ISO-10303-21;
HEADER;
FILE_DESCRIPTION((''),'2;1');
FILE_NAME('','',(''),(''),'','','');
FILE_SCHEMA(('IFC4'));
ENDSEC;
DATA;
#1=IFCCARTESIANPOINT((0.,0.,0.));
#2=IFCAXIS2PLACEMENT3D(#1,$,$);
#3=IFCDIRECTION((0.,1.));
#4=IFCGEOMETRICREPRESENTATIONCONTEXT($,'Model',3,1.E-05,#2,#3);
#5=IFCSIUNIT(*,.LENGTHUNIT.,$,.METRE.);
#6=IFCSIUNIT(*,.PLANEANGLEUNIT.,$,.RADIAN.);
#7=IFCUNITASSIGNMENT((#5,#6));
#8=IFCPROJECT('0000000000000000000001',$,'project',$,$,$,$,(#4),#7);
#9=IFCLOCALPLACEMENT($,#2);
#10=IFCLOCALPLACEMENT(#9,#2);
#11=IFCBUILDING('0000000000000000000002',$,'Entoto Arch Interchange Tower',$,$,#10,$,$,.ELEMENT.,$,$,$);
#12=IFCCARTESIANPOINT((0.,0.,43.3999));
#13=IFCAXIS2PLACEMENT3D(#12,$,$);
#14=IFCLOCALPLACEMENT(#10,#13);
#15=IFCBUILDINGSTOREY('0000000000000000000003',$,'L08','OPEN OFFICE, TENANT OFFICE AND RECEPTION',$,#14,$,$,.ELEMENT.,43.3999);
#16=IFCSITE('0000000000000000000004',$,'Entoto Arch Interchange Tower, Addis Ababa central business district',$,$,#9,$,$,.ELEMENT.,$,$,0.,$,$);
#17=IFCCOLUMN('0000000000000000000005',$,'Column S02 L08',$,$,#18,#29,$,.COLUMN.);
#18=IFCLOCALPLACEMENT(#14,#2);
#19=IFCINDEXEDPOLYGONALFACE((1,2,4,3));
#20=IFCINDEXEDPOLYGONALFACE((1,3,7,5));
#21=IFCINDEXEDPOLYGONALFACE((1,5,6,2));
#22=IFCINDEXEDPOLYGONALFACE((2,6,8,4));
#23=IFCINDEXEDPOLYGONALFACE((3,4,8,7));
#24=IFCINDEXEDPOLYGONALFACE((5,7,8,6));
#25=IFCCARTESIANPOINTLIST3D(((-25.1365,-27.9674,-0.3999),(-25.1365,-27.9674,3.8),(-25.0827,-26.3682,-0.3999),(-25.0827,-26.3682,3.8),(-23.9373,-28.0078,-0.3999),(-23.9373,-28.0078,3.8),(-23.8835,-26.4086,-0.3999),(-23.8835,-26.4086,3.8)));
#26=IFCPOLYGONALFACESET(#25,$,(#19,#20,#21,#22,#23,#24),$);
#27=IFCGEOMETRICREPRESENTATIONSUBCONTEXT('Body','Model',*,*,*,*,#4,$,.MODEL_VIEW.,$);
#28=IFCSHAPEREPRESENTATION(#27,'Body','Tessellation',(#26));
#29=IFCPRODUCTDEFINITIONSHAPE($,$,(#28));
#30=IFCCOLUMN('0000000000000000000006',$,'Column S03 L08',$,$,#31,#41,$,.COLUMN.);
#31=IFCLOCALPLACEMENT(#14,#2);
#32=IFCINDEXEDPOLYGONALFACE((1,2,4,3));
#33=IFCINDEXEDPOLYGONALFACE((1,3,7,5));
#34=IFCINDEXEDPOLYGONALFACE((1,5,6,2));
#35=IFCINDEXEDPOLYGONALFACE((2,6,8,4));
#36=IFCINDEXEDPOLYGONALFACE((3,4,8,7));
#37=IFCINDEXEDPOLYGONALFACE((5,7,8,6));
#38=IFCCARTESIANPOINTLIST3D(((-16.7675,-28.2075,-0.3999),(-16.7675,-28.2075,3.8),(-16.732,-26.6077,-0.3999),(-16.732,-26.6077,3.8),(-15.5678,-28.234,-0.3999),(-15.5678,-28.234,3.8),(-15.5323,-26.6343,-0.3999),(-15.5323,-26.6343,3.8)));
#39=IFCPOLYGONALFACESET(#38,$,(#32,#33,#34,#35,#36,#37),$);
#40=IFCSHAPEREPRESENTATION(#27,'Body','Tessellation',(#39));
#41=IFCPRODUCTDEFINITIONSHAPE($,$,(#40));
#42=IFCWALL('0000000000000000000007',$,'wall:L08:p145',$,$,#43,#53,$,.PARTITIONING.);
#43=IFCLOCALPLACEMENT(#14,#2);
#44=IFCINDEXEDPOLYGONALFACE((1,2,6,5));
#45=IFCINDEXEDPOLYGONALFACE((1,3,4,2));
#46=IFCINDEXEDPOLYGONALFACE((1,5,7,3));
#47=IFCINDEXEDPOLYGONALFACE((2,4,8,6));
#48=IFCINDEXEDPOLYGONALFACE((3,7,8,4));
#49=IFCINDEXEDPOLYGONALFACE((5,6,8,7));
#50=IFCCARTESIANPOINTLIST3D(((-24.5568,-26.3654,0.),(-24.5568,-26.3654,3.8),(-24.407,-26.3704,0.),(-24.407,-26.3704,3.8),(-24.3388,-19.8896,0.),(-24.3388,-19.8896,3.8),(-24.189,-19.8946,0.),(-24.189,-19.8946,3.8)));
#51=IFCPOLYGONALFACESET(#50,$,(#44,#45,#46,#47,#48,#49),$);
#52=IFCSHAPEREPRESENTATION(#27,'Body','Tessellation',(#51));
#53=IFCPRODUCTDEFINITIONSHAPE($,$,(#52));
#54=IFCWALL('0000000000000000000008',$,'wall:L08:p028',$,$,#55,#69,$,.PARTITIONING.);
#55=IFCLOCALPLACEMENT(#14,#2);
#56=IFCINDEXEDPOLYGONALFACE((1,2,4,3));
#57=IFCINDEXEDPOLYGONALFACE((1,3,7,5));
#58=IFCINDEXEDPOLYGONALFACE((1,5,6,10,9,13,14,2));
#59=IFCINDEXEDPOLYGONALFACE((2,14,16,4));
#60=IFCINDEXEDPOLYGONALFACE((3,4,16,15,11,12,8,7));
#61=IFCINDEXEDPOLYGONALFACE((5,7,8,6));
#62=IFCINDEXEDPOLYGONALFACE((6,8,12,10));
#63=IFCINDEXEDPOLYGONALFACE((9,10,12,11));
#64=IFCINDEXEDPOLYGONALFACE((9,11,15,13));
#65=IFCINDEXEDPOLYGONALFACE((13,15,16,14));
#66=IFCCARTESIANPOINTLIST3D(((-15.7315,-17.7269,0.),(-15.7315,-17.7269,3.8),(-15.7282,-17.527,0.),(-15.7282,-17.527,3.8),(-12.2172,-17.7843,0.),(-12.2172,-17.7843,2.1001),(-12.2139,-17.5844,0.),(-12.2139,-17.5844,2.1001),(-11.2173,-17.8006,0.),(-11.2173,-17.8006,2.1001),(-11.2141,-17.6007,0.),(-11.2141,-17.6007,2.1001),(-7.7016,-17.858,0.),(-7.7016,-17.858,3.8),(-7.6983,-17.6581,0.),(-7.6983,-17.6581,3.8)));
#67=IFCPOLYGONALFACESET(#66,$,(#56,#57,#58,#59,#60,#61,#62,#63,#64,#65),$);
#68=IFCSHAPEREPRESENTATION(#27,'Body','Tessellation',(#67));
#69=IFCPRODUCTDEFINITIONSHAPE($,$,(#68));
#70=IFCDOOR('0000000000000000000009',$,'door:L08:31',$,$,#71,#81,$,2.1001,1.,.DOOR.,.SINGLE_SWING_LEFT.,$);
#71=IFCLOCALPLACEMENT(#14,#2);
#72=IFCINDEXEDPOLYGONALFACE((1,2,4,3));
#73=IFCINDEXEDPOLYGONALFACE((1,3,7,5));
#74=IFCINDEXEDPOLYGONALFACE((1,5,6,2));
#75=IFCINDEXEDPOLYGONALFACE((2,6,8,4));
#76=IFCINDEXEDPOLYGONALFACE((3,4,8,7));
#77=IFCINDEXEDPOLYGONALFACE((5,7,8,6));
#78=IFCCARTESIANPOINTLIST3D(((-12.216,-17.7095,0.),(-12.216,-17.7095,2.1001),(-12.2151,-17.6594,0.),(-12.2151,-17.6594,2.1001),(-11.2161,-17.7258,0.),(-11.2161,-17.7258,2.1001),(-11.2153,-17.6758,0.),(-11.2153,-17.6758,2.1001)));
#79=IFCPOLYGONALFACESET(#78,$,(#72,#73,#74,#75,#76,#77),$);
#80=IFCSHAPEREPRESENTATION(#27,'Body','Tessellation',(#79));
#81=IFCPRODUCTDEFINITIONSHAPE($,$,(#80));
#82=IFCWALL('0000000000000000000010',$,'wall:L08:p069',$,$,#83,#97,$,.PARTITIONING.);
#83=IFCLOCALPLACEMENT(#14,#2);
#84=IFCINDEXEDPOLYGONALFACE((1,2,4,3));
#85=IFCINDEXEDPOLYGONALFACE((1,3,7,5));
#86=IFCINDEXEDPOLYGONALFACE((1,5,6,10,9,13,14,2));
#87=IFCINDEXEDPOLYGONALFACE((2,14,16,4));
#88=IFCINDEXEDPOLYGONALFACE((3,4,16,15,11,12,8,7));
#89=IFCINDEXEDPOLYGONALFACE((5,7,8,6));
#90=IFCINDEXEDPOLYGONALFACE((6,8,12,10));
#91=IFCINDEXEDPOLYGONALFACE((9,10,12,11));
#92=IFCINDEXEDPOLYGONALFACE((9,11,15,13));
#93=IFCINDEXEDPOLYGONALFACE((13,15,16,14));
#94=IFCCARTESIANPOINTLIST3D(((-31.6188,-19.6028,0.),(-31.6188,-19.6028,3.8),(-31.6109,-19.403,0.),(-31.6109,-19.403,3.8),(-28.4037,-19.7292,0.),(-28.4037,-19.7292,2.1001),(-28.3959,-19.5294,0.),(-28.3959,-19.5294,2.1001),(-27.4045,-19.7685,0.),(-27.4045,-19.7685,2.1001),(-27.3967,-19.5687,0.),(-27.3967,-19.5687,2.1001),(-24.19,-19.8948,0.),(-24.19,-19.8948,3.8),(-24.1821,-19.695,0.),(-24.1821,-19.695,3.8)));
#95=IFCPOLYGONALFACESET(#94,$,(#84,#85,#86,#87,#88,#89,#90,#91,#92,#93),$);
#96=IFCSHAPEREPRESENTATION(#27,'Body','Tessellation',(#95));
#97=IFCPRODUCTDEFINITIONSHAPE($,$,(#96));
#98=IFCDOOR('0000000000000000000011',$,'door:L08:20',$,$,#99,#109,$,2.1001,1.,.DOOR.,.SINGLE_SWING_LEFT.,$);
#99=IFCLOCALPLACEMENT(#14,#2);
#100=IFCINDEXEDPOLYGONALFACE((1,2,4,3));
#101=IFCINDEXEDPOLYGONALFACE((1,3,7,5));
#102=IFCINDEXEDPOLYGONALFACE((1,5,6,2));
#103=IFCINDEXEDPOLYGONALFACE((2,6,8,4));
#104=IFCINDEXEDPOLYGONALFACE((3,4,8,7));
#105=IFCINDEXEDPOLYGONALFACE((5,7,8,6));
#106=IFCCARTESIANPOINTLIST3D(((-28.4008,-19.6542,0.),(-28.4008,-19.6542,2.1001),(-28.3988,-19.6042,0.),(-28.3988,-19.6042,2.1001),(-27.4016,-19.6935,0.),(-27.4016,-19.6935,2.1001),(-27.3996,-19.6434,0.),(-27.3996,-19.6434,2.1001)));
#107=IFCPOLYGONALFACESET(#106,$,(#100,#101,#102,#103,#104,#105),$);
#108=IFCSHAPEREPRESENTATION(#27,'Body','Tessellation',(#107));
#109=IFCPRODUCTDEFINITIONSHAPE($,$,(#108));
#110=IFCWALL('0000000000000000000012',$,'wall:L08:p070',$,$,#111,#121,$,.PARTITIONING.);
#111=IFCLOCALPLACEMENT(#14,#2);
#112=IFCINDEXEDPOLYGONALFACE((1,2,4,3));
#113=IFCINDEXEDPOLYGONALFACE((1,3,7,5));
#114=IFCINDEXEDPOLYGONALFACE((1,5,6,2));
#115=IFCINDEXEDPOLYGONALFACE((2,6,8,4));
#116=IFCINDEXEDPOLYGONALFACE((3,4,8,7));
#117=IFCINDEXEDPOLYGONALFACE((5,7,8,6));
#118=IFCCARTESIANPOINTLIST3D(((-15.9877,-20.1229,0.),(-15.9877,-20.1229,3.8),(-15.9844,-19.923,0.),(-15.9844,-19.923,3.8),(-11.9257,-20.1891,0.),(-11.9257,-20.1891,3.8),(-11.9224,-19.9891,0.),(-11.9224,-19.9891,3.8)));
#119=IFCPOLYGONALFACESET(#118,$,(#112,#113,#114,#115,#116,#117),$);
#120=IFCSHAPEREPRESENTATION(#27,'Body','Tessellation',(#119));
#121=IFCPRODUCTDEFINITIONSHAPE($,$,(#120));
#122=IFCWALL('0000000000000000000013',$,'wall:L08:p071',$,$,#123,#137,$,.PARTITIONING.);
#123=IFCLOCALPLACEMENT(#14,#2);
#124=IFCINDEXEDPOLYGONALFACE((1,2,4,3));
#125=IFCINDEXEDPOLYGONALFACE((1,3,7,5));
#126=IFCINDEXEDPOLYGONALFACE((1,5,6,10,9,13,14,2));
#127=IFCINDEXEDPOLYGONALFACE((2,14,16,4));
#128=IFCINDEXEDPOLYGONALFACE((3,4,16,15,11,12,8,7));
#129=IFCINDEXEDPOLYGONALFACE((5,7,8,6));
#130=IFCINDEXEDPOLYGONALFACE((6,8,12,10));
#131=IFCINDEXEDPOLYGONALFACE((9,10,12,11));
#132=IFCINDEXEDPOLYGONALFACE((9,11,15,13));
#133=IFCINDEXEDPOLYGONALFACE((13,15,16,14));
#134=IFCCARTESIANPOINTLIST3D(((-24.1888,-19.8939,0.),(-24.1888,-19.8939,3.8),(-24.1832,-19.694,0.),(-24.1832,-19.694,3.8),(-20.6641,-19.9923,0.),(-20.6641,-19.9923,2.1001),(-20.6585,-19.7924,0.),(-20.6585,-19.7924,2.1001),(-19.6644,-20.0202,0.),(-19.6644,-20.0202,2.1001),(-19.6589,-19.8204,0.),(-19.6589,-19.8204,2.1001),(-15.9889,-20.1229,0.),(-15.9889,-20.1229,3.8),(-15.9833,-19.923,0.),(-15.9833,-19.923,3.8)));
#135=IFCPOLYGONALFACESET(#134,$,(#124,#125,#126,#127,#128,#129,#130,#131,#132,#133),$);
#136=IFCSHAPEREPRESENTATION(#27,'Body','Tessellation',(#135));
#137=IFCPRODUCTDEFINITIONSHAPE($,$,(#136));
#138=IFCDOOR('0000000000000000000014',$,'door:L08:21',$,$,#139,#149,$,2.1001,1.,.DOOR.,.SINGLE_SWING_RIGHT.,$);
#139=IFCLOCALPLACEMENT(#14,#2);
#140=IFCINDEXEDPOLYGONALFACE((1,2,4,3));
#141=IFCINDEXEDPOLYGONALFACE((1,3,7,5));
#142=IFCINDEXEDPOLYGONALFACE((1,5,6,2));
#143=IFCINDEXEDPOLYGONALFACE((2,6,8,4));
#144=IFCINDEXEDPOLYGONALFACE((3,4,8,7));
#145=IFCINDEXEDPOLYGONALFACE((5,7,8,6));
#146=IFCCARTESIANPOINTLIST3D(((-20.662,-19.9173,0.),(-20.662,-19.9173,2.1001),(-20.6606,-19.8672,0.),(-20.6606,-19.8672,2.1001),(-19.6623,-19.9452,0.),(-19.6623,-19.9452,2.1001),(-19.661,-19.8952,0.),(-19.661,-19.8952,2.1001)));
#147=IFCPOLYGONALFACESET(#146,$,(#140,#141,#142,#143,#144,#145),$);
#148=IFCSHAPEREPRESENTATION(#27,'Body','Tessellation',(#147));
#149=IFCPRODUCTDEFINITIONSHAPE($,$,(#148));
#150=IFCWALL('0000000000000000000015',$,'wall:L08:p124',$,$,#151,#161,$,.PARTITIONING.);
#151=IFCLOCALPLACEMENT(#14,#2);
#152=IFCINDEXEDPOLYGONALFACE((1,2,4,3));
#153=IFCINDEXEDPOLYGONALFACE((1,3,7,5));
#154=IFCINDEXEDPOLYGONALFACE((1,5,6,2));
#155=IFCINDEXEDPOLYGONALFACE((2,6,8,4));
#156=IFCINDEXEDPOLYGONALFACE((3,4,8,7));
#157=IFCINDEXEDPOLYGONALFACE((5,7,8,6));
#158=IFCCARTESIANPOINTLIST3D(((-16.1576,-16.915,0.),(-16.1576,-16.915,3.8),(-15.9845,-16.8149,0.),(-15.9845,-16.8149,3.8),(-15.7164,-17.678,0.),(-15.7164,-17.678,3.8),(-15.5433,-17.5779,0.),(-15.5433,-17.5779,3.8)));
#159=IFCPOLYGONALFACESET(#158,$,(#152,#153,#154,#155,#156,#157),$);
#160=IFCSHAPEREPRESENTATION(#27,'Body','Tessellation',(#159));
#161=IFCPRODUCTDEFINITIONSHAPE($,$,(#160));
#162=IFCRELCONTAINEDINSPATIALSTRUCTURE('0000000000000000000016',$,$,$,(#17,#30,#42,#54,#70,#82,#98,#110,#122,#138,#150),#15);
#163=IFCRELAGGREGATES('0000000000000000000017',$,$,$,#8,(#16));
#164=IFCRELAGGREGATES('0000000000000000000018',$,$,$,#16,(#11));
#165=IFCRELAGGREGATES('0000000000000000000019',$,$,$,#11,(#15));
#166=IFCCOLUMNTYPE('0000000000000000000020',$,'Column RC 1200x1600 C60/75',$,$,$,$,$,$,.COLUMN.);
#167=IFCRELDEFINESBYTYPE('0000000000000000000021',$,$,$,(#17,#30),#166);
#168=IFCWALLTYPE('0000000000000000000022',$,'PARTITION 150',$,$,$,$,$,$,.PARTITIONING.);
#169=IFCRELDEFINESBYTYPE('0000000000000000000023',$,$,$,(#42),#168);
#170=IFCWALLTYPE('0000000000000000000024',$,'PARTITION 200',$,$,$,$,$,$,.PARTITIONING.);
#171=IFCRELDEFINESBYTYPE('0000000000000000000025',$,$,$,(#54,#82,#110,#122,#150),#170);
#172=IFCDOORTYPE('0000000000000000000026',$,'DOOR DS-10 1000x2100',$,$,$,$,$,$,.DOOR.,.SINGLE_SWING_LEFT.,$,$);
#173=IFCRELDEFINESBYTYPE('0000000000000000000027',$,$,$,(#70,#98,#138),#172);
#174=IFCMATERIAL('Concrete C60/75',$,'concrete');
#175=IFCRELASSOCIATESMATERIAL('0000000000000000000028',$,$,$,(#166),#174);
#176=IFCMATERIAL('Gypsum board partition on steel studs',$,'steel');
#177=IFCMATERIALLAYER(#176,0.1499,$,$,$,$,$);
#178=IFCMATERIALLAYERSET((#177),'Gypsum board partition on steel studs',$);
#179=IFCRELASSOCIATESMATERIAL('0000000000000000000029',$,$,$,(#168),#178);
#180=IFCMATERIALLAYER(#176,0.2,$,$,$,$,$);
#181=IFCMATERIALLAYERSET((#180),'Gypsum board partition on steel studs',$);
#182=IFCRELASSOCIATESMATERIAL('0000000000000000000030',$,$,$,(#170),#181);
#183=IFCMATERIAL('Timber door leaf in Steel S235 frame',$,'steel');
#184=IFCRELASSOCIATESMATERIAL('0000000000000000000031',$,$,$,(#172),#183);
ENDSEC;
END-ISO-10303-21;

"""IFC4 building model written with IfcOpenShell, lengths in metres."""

from ifc_helpers import new_model, si_unit, direction, frame, frame_2d, origin, origin_2d, place, context, subcontext, project, spatial, rectangle, extrude, material, layer, layer_set, material_profile, profile_set, type_object, element, fill, save


model = new_model("IFC4")

# Units and contexts
model_context = context("Model", 3, precision=1e-05, world=origin(), true_north=direction((0.0, 1.0)))
body_context = subcontext(model_context, "Body", "Model", "MODEL_VIEW")
ifc_project = project(units=[si_unit("LENGTHUNIT", "METRE"), si_unit("PLANEANGLEUNIT", "RADIAN")], contexts=[model_context])

# Site, building, storey
site_placement = place(None, origin())
site = spatial("IfcSite", under=ifc_project, at=site_placement, Name="Entoto Arch Interchange Tower, Addis Ababa central business district", CompositionType="ELEMENT", RefElevation=0.0)
building_placement = place(site_placement, origin())
building = spatial("IfcBuilding", under=site, at=building_placement, Name="Entoto Arch Interchange Tower", CompositionType="ELEMENT")
storey_placement = place(building_placement, frame((0.0, 0.0, 43.3999)))
storey = spatial("IfcBuildingStorey", under=building, at=storey_placement, Name="L08", Description="OPEN OFFICE, TENANT OFFICE AND RECEPTION", CompositionType="ELEMENT", Elevation=43.3999)

# Columns
ifc_material_1 = material(Name="Concrete C60/75", Category="concrete")
ifc_material_profile_1 = material_profile(ifc_material_1, rectangle(XDim=1.2, YDim=1.6001, at=origin_2d()))
ifc_profile_set_1 = profile_set([ifc_material_profile_1], Name="Concrete C60/75")
column_type = type_object("IfcColumnType", Name="Column RC 1200x1600 C60/75", PredefinedType="COLUMN", material=ifc_profile_set_1)
for number, where, z_axis, x_axis, name in (
    (1, (-24.51, -27.188, -0.3999), (0.0, 0.0, 1.0), (-0.999434, 0.033626, 0.0), "Column S02 L08"),
    (2, (-16.1499, -27.4209, -0.3999), (0.0, 0.0, 1.0), (-0.999754, 0.022164, 0.0), "Column S03 L08"),
):
    element("IfcColumn", number, at=place(storey_placement, frame(where, z_axis=z_axis, x_axis=x_axis)), inside=storey, type_object=column_type, Name=name, PredefinedType="COLUMN", context=body_context, shape_type="SweptSolid", body=[
        extrude(rectangle(XDim=1.2, YDim=1.6001, at=origin_2d()), origin(), (0.0, 0.0, 1.0), 4.2),
    ])

# Wall
ifc_material_2 = material(Name="Gypsum board partition on steel studs", Category="steel")
ifc_layer_1 = layer(ifc_material_2, 0.1499)
ifc_layer_set_1 = layer_set([ifc_layer_1], Name="Gypsum board partition on steel studs")
wall_type_1 = type_object("IfcWallType", Name="PARTITION 150", PredefinedType="PARTITIONING", material=ifc_layer_set_1)
wall_1_placement = place(storey_placement, frame((-24.2639, -19.8921, 0.0), z_axis=(0.0, 0.0, 1.0), x_axis=(-0.033647, -0.999434, 0.0)))
element("IfcWall", 3, at=wall_1_placement, inside=storey, type_object=wall_type_1, Name="wall:L08:p145", PredefinedType="PARTITIONING", context=body_context, shape_type="SweptSolid", body=[
    extrude(rectangle(XDim=6.4795, YDim=0.1499, at=frame_2d((3.2397, 0.0))), origin(), (0.0, 0.0, 1.0), 3.8),
])

# Walls, openings, doors
ifc_layer_2 = layer(ifc_material_2, 0.2)
ifc_layer_set_2 = layer_set([ifc_layer_2], Name="Gypsum board partition on steel studs")
wall_type_2 = type_object("IfcWallType", Name="PARTITION 200", PredefinedType="PARTITIONING", material=ifc_layer_set_2)
wall_2_placement = place(storey_placement, frame((-15.73, -17.627, 0.0), z_axis=(0.0, 0.0, 1.0), x_axis=(0.999867, -0.016324, 0.0)))
wall_2 = element("IfcWall", 4, at=wall_2_placement, inside=storey, type_object=wall_type_2, Name="wall:L08:p028", PredefinedType="PARTITIONING", context=body_context, shape_type="SweptSolid", body=[
    extrude(rectangle(XDim=8.031, YDim=0.2, at=frame_2d((4.0156, 0.0))), origin(), (0.0, 0.0, 1.0), 3.8),
])
opening_1_placement = place(wall_2_placement, frame((3.5149, 0.0, 0.0)))
opening_1 = element("IfcOpeningElement", 5, at=opening_1_placement, cuts=wall_2, PredefinedType="OPENING", context=body_context, shape_type="SweptSolid", body=[
    extrude(rectangle(XDim=1.0, YDim=2.1001, at=frame_2d((0.5, 1.05))), frame((0.0, 0.1099, 0.0), z_axis=(0.0, -1.0, 0.0), x_axis=(1.0, 0.0, 0.0)), (0.0, 0.0, 1.0), 0.22),
])
ifc_material_3 = material(Name="Timber door leaf in Steel S235 frame", Category="steel")
door_type = type_object("IfcDoorType", Name="DOOR DS-10 1000x2100", OperationType="SINGLE_SWING_LEFT", PredefinedType="DOOR", material=ifc_material_3)
door_1_placement = place(opening_1_placement, origin())
door_1 = element("IfcDoor", 6, at=door_1_placement, inside=storey, type_object=door_type, Name="door:L08:31", OperationType="SINGLE_SWING_LEFT", OverallHeight=2.1001, OverallWidth=1.0, PredefinedType="DOOR", context=body_context, shape_type="SweptSolid", body=[
    extrude(rectangle(XDim=1.0, YDim=2.1001, at=frame_2d((0.5, 1.05))), frame((0.0, 0.0249, 0.0), z_axis=(0.0, -1.0, 0.0), x_axis=(1.0, 0.0, 0.0)), (0.0, 0.0, 1.0), 0.05),
])
fill(opening_1, door_1)
wall_3_placement = place(storey_placement, frame((-24.186, -19.7949, 0.0), z_axis=(0.0, 0.0, 1.0), x_axis=(-0.999228, 0.039274, 0.0)))
wall_3 = element("IfcWall", 7, at=wall_3_placement, inside=storey, type_object=wall_type_2, Name="wall:L08:p069", PredefinedType="PARTITIONING", context=body_context, shape_type="SweptSolid", body=[
    extrude(rectangle(XDim=7.4346, YDim=0.2, at=frame_2d((3.7173, 0.0))), origin(), (0.0, 0.0, 1.0), 3.8),
])
opening_2_placement = place(wall_3_placement, frame((3.217, 0.0, 0.0)))
opening_2 = element("IfcOpeningElement", 8, at=opening_2_placement, cuts=wall_3, PredefinedType="OPENING", context=body_context, shape_type="SweptSolid", body=[
    extrude(rectangle(XDim=1.0, YDim=2.1001, at=frame_2d((0.5, 1.05))), frame((0.0, 0.1099, 0.0), z_axis=(0.0, -1.0, 0.0), x_axis=(1.0, 0.0, 0.0)), (0.0, 0.0, 1.0), 0.22),
])
door_2_placement = place(opening_2_placement, origin())
door_2 = element("IfcDoor", 9, at=door_2_placement, inside=storey, type_object=door_type, Name="door:L08:20", OperationType="SINGLE_SWING_LEFT", OverallHeight=2.1001, OverallWidth=1.0, PredefinedType="DOOR", context=body_context, shape_type="SweptSolid", body=[
    extrude(rectangle(XDim=1.0, YDim=2.1001, at=frame_2d((0.5, 1.05))), frame((0.0, 0.0249, 0.0), z_axis=(0.0, -1.0, 0.0), x_axis=(1.0, 0.0, 0.0)), (0.0, 0.0, 1.0), 0.05),
])
fill(opening_2, door_2)

# Wall
wall_4_placement = place(storey_placement, frame((-11.9241, -20.0891, 0.0), z_axis=(0.0, 0.0, 1.0), x_axis=(-0.999867, 0.016286, 0.0)))
element("IfcWall", 10, at=wall_4_placement, inside=storey, type_object=wall_type_2, Name="wall:L08:p070", PredefinedType="PARTITIONING", context=body_context, shape_type="SweptSolid", body=[
    extrude(rectangle(XDim=4.0625, YDim=0.2, at=frame_2d((2.0312, 0.0))), origin(), (0.0, 0.0, 1.0), 3.8),
])

# Wall, opening, door
wall_5_placement = place(storey_placement, frame((-15.9861, -20.0229, 0.0), z_axis=(0.0, 0.0, 1.0), x_axis=(-0.99961, 0.027917, 0.0)))
wall_5 = element("IfcWall", 11, at=wall_5_placement, inside=storey, type_object=wall_type_2, Name="wall:L08:p071", PredefinedType="PARTITIONING", context=body_context, shape_type="SweptSolid", body=[
    extrude(rectangle(XDim=8.2031, YDim=0.2, at=frame_2d((4.1016, 0.0))), origin(), (0.0, 0.0, 1.0), 3.8),
])
opening_3_placement = place(wall_5_placement, frame((3.677, 0.0, 0.0)))
opening_3 = element("IfcOpeningElement", 12, at=opening_3_placement, cuts=wall_5, PredefinedType="OPENING", context=body_context, shape_type="SweptSolid", body=[
    extrude(rectangle(XDim=1.0, YDim=2.1001, at=frame_2d((0.5, 1.05))), frame((0.0, 0.1099, 0.0), z_axis=(0.0, -1.0, 0.0), x_axis=(1.0, 0.0, 0.0)), (0.0, 0.0, 1.0), 0.22),
])
door_3_placement = place(opening_3_placement, origin())
door_3 = element("IfcDoor", 13, at=door_3_placement, inside=storey, type_object=door_type, Name="door:L08:21", OperationType="SINGLE_SWING_RIGHT", OverallHeight=2.1001, OverallWidth=1.0, PredefinedType="DOOR", context=body_context, shape_type="SweptSolid", body=[
    extrude(rectangle(XDim=1.0, YDim=2.1001, at=frame_2d((0.5, 1.05))), frame((0.0, 0.0249, 0.0), z_axis=(0.0, -1.0, 0.0), x_axis=(1.0, 0.0, 0.0)), (0.0, 0.0, 1.0), 0.05),
])
fill(opening_3, door_3)

# Wall
wall_6_placement = place(storey_placement, frame((-15.6299, -17.6279, 0.0), z_axis=(0.0, 0.0, 1.0), x_axis=(-0.500578, 0.865692, 0.0)))
element("IfcWall", 14, at=wall_6_placement, inside=storey, type_object=wall_type_2, Name="wall:L08:p124", PredefinedType="PARTITIONING", context=body_context, shape_type="SweptSolid", body=[
    extrude(rectangle(XDim=0.8813, YDim=0.2, at=frame_2d((0.4407, 0.0))), origin(), (0.0, 0.0, 1.0), 3.8),
])

save(model, "model.ifc")
